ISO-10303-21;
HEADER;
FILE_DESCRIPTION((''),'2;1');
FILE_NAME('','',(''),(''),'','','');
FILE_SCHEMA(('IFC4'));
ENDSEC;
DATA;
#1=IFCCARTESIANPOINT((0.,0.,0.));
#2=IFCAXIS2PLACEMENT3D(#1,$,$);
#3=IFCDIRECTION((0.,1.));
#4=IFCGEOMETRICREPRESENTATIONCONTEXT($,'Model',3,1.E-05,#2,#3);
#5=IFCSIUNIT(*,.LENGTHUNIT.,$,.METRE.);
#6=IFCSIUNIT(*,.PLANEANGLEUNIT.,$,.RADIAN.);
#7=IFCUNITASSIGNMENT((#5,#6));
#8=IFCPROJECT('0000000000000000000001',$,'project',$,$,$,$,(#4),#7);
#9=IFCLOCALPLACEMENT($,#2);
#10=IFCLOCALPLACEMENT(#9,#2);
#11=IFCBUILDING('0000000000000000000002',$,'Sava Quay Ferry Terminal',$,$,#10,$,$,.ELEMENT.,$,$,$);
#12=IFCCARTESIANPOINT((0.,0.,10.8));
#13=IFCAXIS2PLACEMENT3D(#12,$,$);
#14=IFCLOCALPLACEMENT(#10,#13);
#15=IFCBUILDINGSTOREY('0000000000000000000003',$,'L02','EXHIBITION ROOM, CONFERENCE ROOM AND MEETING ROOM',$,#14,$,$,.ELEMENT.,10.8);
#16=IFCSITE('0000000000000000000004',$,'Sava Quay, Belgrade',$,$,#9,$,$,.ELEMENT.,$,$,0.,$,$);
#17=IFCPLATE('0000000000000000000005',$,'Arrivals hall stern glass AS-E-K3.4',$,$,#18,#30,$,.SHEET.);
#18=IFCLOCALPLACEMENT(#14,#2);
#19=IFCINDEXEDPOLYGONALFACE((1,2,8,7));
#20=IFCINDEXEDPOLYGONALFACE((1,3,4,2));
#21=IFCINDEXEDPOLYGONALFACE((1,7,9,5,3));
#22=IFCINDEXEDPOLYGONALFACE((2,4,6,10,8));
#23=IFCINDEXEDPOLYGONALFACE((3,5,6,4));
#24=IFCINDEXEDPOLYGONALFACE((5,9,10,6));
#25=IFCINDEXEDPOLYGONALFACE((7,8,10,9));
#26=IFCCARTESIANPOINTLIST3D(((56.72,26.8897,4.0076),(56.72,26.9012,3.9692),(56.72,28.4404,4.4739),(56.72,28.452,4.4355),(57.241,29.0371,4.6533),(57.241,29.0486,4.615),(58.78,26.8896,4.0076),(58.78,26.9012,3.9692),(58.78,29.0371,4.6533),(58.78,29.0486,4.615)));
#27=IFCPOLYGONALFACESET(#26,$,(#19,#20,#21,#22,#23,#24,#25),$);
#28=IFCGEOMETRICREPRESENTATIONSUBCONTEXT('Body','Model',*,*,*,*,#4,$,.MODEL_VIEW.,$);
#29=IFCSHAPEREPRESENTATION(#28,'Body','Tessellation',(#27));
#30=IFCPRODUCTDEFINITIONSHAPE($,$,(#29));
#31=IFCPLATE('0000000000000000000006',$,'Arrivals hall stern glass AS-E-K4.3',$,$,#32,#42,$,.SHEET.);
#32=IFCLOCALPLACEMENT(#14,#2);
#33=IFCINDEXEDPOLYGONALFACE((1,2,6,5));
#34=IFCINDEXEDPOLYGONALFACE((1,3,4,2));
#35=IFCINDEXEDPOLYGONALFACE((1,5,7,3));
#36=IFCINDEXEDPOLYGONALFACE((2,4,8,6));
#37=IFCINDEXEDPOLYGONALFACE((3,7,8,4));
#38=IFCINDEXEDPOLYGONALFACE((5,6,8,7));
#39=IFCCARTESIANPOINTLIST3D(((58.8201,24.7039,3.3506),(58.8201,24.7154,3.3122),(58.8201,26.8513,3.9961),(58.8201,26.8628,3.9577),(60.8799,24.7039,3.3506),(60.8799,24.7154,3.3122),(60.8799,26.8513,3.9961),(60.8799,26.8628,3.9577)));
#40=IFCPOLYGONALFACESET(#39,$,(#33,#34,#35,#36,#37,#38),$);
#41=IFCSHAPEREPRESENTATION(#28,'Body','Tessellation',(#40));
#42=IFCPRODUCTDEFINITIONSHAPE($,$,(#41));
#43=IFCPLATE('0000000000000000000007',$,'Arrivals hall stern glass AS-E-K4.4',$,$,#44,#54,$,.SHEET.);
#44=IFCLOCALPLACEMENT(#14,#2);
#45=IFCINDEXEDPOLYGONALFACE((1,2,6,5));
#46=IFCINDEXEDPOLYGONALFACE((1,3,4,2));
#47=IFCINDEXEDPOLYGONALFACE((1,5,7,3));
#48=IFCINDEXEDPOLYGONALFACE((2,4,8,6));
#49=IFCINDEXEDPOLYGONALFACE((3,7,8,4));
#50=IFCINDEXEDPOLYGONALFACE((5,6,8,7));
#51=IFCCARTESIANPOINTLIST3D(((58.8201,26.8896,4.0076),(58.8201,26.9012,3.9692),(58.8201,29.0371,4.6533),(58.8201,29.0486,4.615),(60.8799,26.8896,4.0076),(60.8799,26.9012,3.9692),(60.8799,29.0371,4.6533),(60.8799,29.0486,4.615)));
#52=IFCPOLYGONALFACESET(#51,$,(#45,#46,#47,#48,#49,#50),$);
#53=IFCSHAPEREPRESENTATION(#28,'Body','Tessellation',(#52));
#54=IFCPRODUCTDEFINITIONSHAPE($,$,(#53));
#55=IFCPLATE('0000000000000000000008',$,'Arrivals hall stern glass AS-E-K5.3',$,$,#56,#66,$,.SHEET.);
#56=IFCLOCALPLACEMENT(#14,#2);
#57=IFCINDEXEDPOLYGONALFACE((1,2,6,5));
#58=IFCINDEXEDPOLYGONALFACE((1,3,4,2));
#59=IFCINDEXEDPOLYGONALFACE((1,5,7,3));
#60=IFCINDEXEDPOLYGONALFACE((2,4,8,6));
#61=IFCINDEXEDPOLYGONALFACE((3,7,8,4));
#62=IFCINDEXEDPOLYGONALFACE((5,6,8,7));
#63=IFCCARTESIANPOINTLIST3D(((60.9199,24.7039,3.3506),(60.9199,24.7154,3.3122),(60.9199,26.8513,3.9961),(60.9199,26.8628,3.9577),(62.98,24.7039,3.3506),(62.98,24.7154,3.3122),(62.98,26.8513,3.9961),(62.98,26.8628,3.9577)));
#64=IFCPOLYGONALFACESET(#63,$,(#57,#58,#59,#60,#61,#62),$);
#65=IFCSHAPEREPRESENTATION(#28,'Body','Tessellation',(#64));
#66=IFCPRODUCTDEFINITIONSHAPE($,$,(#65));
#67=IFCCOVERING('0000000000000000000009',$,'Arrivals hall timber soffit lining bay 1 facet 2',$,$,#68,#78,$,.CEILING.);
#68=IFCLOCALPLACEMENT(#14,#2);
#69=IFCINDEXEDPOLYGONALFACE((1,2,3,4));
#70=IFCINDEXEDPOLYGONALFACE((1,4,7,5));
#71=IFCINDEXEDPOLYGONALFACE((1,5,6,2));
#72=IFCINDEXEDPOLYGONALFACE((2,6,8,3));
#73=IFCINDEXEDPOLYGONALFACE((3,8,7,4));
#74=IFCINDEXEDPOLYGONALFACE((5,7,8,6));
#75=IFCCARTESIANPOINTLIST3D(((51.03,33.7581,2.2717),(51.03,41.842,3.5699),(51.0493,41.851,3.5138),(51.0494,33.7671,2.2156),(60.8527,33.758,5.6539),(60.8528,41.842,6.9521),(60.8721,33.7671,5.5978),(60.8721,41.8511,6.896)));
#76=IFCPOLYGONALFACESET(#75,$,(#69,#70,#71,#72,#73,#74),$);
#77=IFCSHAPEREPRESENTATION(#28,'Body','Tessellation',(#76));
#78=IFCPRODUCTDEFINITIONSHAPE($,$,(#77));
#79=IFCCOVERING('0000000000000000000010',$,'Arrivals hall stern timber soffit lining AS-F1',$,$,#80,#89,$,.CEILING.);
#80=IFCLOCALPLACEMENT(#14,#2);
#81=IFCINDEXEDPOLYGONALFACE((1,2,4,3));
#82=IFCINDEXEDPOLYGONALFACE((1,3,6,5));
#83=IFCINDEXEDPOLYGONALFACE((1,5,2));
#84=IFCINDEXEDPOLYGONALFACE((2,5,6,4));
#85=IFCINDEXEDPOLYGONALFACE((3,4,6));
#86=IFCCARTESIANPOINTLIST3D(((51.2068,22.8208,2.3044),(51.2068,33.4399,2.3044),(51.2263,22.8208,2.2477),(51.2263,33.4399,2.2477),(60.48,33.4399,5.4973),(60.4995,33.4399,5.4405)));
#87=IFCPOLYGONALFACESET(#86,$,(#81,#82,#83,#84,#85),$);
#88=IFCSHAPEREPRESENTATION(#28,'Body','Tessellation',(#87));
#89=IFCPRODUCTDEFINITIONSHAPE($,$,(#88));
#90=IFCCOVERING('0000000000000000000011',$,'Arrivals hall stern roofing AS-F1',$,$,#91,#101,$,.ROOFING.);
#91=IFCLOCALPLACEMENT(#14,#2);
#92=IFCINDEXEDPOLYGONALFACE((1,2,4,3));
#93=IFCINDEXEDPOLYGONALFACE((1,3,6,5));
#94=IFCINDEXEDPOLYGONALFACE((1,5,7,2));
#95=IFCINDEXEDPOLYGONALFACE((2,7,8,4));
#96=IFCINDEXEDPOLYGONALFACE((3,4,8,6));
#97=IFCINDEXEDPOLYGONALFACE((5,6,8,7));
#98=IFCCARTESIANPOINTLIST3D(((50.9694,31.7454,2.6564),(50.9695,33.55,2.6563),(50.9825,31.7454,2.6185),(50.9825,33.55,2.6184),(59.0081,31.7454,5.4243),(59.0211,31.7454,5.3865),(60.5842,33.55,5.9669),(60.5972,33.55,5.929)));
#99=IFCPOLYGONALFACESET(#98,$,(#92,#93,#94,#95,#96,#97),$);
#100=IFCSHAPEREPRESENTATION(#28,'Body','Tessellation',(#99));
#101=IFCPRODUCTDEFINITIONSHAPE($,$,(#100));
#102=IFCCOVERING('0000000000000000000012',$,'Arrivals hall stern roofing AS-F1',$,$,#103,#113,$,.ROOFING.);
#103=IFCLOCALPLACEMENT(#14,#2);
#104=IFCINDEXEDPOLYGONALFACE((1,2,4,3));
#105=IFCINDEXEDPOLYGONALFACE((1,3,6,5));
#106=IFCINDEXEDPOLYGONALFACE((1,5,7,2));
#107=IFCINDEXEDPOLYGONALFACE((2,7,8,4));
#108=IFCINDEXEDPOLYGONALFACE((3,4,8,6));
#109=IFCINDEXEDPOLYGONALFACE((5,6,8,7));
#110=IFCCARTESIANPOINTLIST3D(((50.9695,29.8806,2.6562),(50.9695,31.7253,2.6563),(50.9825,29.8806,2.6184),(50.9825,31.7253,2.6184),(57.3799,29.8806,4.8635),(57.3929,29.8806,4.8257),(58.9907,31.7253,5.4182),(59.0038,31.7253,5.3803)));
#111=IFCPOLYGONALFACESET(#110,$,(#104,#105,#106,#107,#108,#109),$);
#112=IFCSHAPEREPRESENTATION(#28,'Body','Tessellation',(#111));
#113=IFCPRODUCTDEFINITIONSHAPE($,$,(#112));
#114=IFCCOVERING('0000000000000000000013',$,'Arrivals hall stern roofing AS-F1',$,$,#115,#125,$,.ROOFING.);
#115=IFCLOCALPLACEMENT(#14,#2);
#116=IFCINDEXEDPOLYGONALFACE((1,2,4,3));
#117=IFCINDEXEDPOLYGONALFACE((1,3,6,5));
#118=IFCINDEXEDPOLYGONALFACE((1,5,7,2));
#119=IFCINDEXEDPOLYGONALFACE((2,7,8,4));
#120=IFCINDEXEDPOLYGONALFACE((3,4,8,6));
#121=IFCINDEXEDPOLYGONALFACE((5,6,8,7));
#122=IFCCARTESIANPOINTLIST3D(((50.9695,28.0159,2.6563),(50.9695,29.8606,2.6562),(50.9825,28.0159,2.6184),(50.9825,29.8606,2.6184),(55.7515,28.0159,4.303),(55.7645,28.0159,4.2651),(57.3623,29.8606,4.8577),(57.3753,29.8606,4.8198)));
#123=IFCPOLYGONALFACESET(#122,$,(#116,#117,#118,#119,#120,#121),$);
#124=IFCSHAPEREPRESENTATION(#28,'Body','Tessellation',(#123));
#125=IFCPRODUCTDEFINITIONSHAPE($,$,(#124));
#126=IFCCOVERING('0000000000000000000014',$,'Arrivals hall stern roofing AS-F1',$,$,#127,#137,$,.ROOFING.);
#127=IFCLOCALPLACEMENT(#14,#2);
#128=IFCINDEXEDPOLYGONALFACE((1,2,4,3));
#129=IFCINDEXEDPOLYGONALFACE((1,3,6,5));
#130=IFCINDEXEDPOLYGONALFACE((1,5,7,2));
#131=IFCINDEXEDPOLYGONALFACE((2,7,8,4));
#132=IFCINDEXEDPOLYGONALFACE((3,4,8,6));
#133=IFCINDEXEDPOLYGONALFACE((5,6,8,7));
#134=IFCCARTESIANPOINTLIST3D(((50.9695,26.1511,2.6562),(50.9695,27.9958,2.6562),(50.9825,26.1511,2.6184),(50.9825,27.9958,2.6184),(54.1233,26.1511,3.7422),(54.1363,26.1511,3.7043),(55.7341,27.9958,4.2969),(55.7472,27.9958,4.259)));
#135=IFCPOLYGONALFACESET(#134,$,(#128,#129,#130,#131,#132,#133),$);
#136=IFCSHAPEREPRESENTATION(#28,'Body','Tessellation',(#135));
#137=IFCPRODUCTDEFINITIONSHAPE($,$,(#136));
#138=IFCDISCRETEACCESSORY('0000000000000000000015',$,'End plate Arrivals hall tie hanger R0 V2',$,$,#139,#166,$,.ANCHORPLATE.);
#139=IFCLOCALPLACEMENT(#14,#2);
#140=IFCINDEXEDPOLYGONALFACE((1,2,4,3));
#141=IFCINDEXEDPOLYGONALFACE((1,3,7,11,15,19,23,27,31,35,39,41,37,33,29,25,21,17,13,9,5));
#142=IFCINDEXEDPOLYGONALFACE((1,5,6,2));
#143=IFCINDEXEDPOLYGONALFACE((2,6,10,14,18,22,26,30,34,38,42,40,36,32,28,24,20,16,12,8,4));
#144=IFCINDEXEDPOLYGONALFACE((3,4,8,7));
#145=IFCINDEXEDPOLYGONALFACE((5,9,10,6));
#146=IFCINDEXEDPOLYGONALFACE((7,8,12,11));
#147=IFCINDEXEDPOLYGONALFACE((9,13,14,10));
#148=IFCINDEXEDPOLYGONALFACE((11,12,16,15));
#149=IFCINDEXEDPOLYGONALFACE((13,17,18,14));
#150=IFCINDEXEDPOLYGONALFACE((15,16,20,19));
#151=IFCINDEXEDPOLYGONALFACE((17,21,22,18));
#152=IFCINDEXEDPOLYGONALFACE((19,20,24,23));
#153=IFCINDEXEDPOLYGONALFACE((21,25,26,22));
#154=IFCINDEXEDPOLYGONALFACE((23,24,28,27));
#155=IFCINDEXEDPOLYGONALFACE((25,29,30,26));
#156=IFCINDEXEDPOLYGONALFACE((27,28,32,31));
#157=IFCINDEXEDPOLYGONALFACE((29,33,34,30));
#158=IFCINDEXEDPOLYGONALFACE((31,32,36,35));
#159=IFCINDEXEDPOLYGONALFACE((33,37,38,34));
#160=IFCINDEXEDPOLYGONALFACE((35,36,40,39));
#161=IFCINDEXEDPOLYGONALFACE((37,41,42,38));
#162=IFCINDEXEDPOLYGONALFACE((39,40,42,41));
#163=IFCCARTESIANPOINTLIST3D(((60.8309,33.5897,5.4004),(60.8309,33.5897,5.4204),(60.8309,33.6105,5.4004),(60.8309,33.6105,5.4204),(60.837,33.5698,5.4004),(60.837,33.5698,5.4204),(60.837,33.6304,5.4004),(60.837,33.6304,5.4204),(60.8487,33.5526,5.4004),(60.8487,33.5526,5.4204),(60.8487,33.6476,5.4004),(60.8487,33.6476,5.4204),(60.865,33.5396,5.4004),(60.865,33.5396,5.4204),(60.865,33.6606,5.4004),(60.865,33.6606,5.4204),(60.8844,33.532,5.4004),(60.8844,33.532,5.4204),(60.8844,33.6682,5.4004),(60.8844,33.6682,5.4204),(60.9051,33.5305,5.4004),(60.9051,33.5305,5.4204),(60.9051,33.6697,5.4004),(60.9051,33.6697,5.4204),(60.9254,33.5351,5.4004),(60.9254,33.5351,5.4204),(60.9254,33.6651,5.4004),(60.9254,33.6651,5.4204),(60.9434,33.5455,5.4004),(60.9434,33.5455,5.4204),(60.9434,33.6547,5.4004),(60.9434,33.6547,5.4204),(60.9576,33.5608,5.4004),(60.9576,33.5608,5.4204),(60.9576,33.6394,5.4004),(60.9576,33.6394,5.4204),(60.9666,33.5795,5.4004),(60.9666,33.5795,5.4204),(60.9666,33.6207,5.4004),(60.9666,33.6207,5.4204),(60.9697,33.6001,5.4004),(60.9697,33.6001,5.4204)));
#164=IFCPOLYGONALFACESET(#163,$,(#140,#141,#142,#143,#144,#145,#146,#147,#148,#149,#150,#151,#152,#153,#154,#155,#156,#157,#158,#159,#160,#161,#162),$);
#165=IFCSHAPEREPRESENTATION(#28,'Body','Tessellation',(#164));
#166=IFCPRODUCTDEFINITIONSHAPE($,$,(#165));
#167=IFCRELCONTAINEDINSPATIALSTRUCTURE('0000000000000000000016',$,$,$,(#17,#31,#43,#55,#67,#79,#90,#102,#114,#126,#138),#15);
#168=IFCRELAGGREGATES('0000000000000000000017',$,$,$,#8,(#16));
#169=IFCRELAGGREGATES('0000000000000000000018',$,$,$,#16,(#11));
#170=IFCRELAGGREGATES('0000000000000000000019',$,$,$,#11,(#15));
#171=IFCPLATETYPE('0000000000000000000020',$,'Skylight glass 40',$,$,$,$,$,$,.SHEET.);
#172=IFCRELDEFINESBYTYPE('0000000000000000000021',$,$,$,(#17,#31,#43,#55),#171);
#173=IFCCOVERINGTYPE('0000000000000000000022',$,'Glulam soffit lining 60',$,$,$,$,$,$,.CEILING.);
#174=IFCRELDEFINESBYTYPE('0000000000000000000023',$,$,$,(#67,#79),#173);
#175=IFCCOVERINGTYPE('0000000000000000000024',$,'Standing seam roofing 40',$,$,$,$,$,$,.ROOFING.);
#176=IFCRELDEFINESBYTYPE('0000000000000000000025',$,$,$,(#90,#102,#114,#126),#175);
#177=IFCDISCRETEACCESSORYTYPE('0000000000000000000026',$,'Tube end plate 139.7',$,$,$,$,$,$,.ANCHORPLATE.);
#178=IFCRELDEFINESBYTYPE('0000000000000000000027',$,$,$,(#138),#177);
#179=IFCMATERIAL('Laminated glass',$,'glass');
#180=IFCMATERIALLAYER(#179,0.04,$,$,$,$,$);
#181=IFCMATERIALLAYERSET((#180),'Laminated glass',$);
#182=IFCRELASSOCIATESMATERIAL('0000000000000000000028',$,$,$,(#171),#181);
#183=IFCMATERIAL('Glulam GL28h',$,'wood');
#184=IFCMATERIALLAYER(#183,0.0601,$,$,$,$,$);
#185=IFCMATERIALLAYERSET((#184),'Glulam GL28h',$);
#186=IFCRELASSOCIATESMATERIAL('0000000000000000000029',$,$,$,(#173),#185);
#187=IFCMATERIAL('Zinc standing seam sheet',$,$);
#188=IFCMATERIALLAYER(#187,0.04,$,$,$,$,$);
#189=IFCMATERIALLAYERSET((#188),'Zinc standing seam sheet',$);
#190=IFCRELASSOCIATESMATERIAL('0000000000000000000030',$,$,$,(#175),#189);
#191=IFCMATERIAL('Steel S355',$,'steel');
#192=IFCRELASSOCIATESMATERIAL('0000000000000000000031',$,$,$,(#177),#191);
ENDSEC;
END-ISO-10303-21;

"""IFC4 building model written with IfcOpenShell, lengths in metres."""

from ifc_helpers import new_model, si_unit, direction, frame, origin, origin_2d, place, context, subcontext, project, spatial, polyline, circle, outline, extrude, material, layer, layer_set, material_profile, profile_set, type_object, element, save


model = new_model("IFC4")

# Units and contexts
model_context = context("Model", 3, precision=1e-05, world=origin(), true_north=direction((0.0, 1.0)))
body_context = subcontext(model_context, "Body", "Model", "MODEL_VIEW")
ifc_project = project(units=[si_unit("LENGTHUNIT", "METRE"), si_unit("PLANEANGLEUNIT", "RADIAN")], contexts=[model_context])

# Site, building, storey
site_placement = place(None, origin())
site = spatial("IfcSite", under=ifc_project, at=site_placement, Name="Sava Quay, Belgrade", CompositionType="ELEMENT", RefElevation=0.0)
building_placement = place(site_placement, origin())
building = spatial("IfcBuilding", under=site, at=building_placement, Name="Sava Quay Ferry Terminal", CompositionType="ELEMENT")
storey_placement = place(building_placement, frame((0.0, 0.0, 10.8)))
storey = spatial("IfcBuildingStorey", under=building, at=storey_placement, Name="L02", Description="EXHIBITION ROOM, CONFERENCE ROOM AND MEETING ROOM", CompositionType="ELEMENT", Elevation=10.8)

# Plates
ifc_material_1 = material(Name="Laminated glass", Category="glass")
ifc_layer_1 = layer(ifc_material_1, 0.04)
ifc_layer_set_1 = layer_set([ifc_layer_1], Name="Laminated glass")
plate_type = type_object("IfcPlateType", Name="Skylight glass 40", PredefinedType="SHEET", material=ifc_layer_set_1)
plate_1_placement = place(storey_placement, frame((58.78, 29.0371, 4.6533), z_axis=(-0.000005, -0.287966, 0.957641), x_axis=(0.0, -0.957641, -0.287966)))
element("IfcPlate", 1, at=plate_1_placement, inside=storey, type_object=plate_type, Name="Arrivals hall stern glass AS-E-K3.4", PredefinedType="SHEET", context=body_context, shape_type="SweptSolid", body=[
    extrude(outline(polyline([(0.0, 0.0), (2.2425, 0.0), (2.2425, -2.0601), (0.6231, -2.0601), (0.0, -1.5391), (0.0, 0.0)])), origin(), (0.0, 0.0, -1.0), 0.04),
])
plate_2_placement = place(storey_placement, frame((58.8201, 24.7039, 3.3506), z_axis=(0.0, -0.287867, 0.95767), x_axis=(0.0, 0.95767, 0.287867)))
element("IfcPlate", 2, at=plate_2_placement, inside=storey, type_object=plate_type, Name="Arrivals hall stern glass AS-E-K4.3", PredefinedType="SHEET", context=body_context, shape_type="SweptSolid", body=[
    extrude(outline(polyline([(0.0, 0.0), (2.2424, 0.0), (2.2424, -2.0598), (0.0, -2.0598), (0.0, 0.0)])), origin(), (0.0, 0.0, -1.0), 0.04),
])
plate_3_placement = place(storey_placement, frame((58.8201, 26.8896, 4.0076), z_axis=(0.0, -0.287967, 0.95764), x_axis=(0.0, 0.95764, 0.287967)))
element("IfcPlate", 3, at=plate_3_placement, inside=storey, type_object=plate_type, Name="Arrivals hall stern glass AS-E-K4.4", PredefinedType="SHEET", context=body_context, shape_type="SweptSolid", body=[
    extrude(outline(polyline([(0.0, 0.0), (2.2425, 0.0), (2.2425, -2.0598), (0.0, -2.0598), (0.0, 0.0)])), origin(), (0.0, 0.0, -1.0), 0.04),
])
plate_4_placement = place(storey_placement, frame((60.9199, 24.7039, 3.3506), z_axis=(0.0, -0.287867, 0.95767), x_axis=(0.0, 0.95767, 0.287867)))
element("IfcPlate", 4, at=plate_4_placement, inside=storey, type_object=plate_type, Name="Arrivals hall stern glass AS-E-K5.3", PredefinedType="SHEET", context=body_context, shape_type="SweptSolid", body=[
    extrude(outline(polyline([(0.0, 0.0), (2.2424, 0.0), (2.2424, -2.0601), (0.0, -2.0601), (0.0, 0.0)])), origin(), (0.0, 0.0, -1.0), 0.04),
])

# Coverings
ifc_material_2 = material(Name="Glulam GL28h", Category="wood")
ifc_layer_2 = layer(ifc_material_2, 0.0601)
ifc_layer_set_2 = layer_set([ifc_layer_2], Name="Glulam GL28h")
covering_type_1 = type_object("IfcCoveringType", Name="Glulam soffit lining 60", PredefinedType="CEILING", material=ifc_layer_set_2)
covering_1_placement = place(storey_placement, frame((51.03, 33.7581, 2.2717), z_axis=(-0.321875, -0.150122, 0.934805), x_axis=(-0.000004, 0.98735, 0.158558)))
element("IfcCovering", 5, at=covering_1_placement, inside=storey, type_object=covering_type_1, Name="Arrivals hall timber soffit lining bay 1 facet 2", PredefinedType="CEILING", context=body_context, shape_type="SweptSolid", body=[
    extrude(outline(polyline([(0.0, 0.0), (8.1875, 0.0), (8.7238, -10.3749), (0.5362, -10.3748), (0.0, 0.0)])), origin(), (0.0, 0.0, -1.0), 0.0601),
])
covering_2_placement = place(storey_placement, frame((60.48, 33.4399, 5.4973), z_axis=(-0.325555, 0.0, 0.945523), x_axis=(-0.641513, -0.734624, -0.220881)))
element("IfcCovering", 6, at=covering_2_placement, inside=storey, type_object=covering_type_1, Name="Arrivals hall stern timber soffit lining AS-F1", PredefinedType="CEILING", context=body_context, shape_type="SweptSolid", body=[
    extrude(outline(polyline([(0.0, 0.0), (14.4552, 0.0), (6.6541, -7.2048), (0.0, 0.0)])), origin(), (0.0, 0.0, -1.0), 0.0601),
])
ifc_material_3 = material(Name="Zinc standing seam sheet")
ifc_layer_3 = layer(ifc_material_3, 0.04)
ifc_layer_set_3 = layer_set([ifc_layer_3], Name="Zinc standing seam sheet")
covering_type_2 = type_object("IfcCoveringType", Name="Standing seam roofing 40", PredefinedType="ROOFING", material=ifc_layer_set_3)
covering_3_placement = place(storey_placement, frame((59.0081, 31.7454, 5.4243), z_axis=(-0.325572, 0.000065, 0.945517), x_axis=(-0.945517, 0.0, -0.325572)))
element("IfcCovering", 7, at=covering_3_placement, inside=storey, type_object=covering_type_2, Name="Arrivals hall stern roofing AS-F1", PredefinedType="ROOFING", context=body_context, shape_type="SweptSolid", body=[
    extrude(outline(polyline([(0.0, 0.0), (8.5018, 0.0), (8.5018, -1.8047), (-1.6669, -1.8047), (0.0, 0.0)])), origin(), (0.0, 0.0, -1.0), 0.04),
])
covering_4_placement = place(storey_placement, frame((57.3799, 29.8806, 4.8635), z_axis=(-0.32557, -0.000007, 0.945518), x_axis=(-0.945518, 0.0, -0.32557)))
element("IfcCovering", 8, at=covering_4_placement, inside=storey, type_object=covering_type_2, Name="Arrivals hall stern roofing AS-F1", PredefinedType="ROOFING", context=body_context, shape_type="SweptSolid", body=[
    extrude(outline(polyline([(0.0, 0.0), (6.7798, 0.0), (6.7798, -1.8447), (-1.7037, -1.8447), (0.0, 0.0)])), origin(), (0.0, 0.0, -1.0), 0.04),
])
covering_5_placement = place(storey_placement, frame((55.7515, 28.0159, 4.303), z_axis=(-0.325595, 0.000005, 0.945509), x_axis=(-0.945509, 0.0, -0.325595)))
element("IfcCovering", 9, at=covering_5_placement, inside=storey, type_object=covering_type_2, Name="Arrivals hall stern roofing AS-F1", PredefinedType="ROOFING", context=body_context, shape_type="SweptSolid", body=[
    extrude(outline(polyline([(0.0, 0.0), (5.0576, 0.0), (5.0576, -1.8447), (-1.7037, -1.8447), (0.0, 0.0)])), origin(), (0.0, 0.0, -1.0), 0.04),
])
covering_6_placement = place(storey_placement, frame((54.1233, 26.1511, 3.7422), z_axis=(-0.32557, -0.000007, 0.945518), x_axis=(-0.945518, 0.0, -0.32557)))
element("IfcCovering", 10, at=covering_6_placement, inside=storey, type_object=covering_type_2, Name="Arrivals hall stern roofing AS-F1", PredefinedType="ROOFING", context=body_context, shape_type="SweptSolid", body=[
    extrude(outline(polyline([(0.0, 0.0), (3.3355, 0.0), (3.3355, -1.8447), (-1.7037, -1.8447), (0.0, 0.0)])), origin(), (0.0, 0.0, -1.0), 0.04),
])

# Discrete accessory
ifc_material_4 = material(Name="Steel S355", Category="steel")
ifc_material_profile_1 = material_profile(ifc_material_4, circle(Radius=0.0698, at=origin_2d()), Name="Plate 139.7 dia x 20")
ifc_profile_set_1 = profile_set([ifc_material_profile_1], Name="Steel S355")
discrete_accessory_type = type_object("IfcDiscreteAccessoryType", Name="Tube end plate 139.7", PredefinedType="ANCHORPLATE", material=ifc_profile_set_1)
for number, where, z_axis, x_axis, name in (
    (11, (60.8999, 33.6001, 5.4004), (0.0, 0.0, 1.0), (1.0, 0.0, 0.0), "End plate Arrivals hall tie hanger R0 V2"),
):
    element("IfcDiscreteAccessory", number, at=place(storey_placement, frame(where, z_axis=z_axis, x_axis=x_axis)), inside=storey, type_object=discrete_accessory_type, Name=name, PredefinedType="ANCHORPLATE", context=body_context, shape_type="SweptSolid", body=[
        extrude(circle(Radius=0.0698, at=origin_2d()), origin(), (0.0, 0.0, 1.0), 0.02),
    ])

save(model, "model.ifc")
